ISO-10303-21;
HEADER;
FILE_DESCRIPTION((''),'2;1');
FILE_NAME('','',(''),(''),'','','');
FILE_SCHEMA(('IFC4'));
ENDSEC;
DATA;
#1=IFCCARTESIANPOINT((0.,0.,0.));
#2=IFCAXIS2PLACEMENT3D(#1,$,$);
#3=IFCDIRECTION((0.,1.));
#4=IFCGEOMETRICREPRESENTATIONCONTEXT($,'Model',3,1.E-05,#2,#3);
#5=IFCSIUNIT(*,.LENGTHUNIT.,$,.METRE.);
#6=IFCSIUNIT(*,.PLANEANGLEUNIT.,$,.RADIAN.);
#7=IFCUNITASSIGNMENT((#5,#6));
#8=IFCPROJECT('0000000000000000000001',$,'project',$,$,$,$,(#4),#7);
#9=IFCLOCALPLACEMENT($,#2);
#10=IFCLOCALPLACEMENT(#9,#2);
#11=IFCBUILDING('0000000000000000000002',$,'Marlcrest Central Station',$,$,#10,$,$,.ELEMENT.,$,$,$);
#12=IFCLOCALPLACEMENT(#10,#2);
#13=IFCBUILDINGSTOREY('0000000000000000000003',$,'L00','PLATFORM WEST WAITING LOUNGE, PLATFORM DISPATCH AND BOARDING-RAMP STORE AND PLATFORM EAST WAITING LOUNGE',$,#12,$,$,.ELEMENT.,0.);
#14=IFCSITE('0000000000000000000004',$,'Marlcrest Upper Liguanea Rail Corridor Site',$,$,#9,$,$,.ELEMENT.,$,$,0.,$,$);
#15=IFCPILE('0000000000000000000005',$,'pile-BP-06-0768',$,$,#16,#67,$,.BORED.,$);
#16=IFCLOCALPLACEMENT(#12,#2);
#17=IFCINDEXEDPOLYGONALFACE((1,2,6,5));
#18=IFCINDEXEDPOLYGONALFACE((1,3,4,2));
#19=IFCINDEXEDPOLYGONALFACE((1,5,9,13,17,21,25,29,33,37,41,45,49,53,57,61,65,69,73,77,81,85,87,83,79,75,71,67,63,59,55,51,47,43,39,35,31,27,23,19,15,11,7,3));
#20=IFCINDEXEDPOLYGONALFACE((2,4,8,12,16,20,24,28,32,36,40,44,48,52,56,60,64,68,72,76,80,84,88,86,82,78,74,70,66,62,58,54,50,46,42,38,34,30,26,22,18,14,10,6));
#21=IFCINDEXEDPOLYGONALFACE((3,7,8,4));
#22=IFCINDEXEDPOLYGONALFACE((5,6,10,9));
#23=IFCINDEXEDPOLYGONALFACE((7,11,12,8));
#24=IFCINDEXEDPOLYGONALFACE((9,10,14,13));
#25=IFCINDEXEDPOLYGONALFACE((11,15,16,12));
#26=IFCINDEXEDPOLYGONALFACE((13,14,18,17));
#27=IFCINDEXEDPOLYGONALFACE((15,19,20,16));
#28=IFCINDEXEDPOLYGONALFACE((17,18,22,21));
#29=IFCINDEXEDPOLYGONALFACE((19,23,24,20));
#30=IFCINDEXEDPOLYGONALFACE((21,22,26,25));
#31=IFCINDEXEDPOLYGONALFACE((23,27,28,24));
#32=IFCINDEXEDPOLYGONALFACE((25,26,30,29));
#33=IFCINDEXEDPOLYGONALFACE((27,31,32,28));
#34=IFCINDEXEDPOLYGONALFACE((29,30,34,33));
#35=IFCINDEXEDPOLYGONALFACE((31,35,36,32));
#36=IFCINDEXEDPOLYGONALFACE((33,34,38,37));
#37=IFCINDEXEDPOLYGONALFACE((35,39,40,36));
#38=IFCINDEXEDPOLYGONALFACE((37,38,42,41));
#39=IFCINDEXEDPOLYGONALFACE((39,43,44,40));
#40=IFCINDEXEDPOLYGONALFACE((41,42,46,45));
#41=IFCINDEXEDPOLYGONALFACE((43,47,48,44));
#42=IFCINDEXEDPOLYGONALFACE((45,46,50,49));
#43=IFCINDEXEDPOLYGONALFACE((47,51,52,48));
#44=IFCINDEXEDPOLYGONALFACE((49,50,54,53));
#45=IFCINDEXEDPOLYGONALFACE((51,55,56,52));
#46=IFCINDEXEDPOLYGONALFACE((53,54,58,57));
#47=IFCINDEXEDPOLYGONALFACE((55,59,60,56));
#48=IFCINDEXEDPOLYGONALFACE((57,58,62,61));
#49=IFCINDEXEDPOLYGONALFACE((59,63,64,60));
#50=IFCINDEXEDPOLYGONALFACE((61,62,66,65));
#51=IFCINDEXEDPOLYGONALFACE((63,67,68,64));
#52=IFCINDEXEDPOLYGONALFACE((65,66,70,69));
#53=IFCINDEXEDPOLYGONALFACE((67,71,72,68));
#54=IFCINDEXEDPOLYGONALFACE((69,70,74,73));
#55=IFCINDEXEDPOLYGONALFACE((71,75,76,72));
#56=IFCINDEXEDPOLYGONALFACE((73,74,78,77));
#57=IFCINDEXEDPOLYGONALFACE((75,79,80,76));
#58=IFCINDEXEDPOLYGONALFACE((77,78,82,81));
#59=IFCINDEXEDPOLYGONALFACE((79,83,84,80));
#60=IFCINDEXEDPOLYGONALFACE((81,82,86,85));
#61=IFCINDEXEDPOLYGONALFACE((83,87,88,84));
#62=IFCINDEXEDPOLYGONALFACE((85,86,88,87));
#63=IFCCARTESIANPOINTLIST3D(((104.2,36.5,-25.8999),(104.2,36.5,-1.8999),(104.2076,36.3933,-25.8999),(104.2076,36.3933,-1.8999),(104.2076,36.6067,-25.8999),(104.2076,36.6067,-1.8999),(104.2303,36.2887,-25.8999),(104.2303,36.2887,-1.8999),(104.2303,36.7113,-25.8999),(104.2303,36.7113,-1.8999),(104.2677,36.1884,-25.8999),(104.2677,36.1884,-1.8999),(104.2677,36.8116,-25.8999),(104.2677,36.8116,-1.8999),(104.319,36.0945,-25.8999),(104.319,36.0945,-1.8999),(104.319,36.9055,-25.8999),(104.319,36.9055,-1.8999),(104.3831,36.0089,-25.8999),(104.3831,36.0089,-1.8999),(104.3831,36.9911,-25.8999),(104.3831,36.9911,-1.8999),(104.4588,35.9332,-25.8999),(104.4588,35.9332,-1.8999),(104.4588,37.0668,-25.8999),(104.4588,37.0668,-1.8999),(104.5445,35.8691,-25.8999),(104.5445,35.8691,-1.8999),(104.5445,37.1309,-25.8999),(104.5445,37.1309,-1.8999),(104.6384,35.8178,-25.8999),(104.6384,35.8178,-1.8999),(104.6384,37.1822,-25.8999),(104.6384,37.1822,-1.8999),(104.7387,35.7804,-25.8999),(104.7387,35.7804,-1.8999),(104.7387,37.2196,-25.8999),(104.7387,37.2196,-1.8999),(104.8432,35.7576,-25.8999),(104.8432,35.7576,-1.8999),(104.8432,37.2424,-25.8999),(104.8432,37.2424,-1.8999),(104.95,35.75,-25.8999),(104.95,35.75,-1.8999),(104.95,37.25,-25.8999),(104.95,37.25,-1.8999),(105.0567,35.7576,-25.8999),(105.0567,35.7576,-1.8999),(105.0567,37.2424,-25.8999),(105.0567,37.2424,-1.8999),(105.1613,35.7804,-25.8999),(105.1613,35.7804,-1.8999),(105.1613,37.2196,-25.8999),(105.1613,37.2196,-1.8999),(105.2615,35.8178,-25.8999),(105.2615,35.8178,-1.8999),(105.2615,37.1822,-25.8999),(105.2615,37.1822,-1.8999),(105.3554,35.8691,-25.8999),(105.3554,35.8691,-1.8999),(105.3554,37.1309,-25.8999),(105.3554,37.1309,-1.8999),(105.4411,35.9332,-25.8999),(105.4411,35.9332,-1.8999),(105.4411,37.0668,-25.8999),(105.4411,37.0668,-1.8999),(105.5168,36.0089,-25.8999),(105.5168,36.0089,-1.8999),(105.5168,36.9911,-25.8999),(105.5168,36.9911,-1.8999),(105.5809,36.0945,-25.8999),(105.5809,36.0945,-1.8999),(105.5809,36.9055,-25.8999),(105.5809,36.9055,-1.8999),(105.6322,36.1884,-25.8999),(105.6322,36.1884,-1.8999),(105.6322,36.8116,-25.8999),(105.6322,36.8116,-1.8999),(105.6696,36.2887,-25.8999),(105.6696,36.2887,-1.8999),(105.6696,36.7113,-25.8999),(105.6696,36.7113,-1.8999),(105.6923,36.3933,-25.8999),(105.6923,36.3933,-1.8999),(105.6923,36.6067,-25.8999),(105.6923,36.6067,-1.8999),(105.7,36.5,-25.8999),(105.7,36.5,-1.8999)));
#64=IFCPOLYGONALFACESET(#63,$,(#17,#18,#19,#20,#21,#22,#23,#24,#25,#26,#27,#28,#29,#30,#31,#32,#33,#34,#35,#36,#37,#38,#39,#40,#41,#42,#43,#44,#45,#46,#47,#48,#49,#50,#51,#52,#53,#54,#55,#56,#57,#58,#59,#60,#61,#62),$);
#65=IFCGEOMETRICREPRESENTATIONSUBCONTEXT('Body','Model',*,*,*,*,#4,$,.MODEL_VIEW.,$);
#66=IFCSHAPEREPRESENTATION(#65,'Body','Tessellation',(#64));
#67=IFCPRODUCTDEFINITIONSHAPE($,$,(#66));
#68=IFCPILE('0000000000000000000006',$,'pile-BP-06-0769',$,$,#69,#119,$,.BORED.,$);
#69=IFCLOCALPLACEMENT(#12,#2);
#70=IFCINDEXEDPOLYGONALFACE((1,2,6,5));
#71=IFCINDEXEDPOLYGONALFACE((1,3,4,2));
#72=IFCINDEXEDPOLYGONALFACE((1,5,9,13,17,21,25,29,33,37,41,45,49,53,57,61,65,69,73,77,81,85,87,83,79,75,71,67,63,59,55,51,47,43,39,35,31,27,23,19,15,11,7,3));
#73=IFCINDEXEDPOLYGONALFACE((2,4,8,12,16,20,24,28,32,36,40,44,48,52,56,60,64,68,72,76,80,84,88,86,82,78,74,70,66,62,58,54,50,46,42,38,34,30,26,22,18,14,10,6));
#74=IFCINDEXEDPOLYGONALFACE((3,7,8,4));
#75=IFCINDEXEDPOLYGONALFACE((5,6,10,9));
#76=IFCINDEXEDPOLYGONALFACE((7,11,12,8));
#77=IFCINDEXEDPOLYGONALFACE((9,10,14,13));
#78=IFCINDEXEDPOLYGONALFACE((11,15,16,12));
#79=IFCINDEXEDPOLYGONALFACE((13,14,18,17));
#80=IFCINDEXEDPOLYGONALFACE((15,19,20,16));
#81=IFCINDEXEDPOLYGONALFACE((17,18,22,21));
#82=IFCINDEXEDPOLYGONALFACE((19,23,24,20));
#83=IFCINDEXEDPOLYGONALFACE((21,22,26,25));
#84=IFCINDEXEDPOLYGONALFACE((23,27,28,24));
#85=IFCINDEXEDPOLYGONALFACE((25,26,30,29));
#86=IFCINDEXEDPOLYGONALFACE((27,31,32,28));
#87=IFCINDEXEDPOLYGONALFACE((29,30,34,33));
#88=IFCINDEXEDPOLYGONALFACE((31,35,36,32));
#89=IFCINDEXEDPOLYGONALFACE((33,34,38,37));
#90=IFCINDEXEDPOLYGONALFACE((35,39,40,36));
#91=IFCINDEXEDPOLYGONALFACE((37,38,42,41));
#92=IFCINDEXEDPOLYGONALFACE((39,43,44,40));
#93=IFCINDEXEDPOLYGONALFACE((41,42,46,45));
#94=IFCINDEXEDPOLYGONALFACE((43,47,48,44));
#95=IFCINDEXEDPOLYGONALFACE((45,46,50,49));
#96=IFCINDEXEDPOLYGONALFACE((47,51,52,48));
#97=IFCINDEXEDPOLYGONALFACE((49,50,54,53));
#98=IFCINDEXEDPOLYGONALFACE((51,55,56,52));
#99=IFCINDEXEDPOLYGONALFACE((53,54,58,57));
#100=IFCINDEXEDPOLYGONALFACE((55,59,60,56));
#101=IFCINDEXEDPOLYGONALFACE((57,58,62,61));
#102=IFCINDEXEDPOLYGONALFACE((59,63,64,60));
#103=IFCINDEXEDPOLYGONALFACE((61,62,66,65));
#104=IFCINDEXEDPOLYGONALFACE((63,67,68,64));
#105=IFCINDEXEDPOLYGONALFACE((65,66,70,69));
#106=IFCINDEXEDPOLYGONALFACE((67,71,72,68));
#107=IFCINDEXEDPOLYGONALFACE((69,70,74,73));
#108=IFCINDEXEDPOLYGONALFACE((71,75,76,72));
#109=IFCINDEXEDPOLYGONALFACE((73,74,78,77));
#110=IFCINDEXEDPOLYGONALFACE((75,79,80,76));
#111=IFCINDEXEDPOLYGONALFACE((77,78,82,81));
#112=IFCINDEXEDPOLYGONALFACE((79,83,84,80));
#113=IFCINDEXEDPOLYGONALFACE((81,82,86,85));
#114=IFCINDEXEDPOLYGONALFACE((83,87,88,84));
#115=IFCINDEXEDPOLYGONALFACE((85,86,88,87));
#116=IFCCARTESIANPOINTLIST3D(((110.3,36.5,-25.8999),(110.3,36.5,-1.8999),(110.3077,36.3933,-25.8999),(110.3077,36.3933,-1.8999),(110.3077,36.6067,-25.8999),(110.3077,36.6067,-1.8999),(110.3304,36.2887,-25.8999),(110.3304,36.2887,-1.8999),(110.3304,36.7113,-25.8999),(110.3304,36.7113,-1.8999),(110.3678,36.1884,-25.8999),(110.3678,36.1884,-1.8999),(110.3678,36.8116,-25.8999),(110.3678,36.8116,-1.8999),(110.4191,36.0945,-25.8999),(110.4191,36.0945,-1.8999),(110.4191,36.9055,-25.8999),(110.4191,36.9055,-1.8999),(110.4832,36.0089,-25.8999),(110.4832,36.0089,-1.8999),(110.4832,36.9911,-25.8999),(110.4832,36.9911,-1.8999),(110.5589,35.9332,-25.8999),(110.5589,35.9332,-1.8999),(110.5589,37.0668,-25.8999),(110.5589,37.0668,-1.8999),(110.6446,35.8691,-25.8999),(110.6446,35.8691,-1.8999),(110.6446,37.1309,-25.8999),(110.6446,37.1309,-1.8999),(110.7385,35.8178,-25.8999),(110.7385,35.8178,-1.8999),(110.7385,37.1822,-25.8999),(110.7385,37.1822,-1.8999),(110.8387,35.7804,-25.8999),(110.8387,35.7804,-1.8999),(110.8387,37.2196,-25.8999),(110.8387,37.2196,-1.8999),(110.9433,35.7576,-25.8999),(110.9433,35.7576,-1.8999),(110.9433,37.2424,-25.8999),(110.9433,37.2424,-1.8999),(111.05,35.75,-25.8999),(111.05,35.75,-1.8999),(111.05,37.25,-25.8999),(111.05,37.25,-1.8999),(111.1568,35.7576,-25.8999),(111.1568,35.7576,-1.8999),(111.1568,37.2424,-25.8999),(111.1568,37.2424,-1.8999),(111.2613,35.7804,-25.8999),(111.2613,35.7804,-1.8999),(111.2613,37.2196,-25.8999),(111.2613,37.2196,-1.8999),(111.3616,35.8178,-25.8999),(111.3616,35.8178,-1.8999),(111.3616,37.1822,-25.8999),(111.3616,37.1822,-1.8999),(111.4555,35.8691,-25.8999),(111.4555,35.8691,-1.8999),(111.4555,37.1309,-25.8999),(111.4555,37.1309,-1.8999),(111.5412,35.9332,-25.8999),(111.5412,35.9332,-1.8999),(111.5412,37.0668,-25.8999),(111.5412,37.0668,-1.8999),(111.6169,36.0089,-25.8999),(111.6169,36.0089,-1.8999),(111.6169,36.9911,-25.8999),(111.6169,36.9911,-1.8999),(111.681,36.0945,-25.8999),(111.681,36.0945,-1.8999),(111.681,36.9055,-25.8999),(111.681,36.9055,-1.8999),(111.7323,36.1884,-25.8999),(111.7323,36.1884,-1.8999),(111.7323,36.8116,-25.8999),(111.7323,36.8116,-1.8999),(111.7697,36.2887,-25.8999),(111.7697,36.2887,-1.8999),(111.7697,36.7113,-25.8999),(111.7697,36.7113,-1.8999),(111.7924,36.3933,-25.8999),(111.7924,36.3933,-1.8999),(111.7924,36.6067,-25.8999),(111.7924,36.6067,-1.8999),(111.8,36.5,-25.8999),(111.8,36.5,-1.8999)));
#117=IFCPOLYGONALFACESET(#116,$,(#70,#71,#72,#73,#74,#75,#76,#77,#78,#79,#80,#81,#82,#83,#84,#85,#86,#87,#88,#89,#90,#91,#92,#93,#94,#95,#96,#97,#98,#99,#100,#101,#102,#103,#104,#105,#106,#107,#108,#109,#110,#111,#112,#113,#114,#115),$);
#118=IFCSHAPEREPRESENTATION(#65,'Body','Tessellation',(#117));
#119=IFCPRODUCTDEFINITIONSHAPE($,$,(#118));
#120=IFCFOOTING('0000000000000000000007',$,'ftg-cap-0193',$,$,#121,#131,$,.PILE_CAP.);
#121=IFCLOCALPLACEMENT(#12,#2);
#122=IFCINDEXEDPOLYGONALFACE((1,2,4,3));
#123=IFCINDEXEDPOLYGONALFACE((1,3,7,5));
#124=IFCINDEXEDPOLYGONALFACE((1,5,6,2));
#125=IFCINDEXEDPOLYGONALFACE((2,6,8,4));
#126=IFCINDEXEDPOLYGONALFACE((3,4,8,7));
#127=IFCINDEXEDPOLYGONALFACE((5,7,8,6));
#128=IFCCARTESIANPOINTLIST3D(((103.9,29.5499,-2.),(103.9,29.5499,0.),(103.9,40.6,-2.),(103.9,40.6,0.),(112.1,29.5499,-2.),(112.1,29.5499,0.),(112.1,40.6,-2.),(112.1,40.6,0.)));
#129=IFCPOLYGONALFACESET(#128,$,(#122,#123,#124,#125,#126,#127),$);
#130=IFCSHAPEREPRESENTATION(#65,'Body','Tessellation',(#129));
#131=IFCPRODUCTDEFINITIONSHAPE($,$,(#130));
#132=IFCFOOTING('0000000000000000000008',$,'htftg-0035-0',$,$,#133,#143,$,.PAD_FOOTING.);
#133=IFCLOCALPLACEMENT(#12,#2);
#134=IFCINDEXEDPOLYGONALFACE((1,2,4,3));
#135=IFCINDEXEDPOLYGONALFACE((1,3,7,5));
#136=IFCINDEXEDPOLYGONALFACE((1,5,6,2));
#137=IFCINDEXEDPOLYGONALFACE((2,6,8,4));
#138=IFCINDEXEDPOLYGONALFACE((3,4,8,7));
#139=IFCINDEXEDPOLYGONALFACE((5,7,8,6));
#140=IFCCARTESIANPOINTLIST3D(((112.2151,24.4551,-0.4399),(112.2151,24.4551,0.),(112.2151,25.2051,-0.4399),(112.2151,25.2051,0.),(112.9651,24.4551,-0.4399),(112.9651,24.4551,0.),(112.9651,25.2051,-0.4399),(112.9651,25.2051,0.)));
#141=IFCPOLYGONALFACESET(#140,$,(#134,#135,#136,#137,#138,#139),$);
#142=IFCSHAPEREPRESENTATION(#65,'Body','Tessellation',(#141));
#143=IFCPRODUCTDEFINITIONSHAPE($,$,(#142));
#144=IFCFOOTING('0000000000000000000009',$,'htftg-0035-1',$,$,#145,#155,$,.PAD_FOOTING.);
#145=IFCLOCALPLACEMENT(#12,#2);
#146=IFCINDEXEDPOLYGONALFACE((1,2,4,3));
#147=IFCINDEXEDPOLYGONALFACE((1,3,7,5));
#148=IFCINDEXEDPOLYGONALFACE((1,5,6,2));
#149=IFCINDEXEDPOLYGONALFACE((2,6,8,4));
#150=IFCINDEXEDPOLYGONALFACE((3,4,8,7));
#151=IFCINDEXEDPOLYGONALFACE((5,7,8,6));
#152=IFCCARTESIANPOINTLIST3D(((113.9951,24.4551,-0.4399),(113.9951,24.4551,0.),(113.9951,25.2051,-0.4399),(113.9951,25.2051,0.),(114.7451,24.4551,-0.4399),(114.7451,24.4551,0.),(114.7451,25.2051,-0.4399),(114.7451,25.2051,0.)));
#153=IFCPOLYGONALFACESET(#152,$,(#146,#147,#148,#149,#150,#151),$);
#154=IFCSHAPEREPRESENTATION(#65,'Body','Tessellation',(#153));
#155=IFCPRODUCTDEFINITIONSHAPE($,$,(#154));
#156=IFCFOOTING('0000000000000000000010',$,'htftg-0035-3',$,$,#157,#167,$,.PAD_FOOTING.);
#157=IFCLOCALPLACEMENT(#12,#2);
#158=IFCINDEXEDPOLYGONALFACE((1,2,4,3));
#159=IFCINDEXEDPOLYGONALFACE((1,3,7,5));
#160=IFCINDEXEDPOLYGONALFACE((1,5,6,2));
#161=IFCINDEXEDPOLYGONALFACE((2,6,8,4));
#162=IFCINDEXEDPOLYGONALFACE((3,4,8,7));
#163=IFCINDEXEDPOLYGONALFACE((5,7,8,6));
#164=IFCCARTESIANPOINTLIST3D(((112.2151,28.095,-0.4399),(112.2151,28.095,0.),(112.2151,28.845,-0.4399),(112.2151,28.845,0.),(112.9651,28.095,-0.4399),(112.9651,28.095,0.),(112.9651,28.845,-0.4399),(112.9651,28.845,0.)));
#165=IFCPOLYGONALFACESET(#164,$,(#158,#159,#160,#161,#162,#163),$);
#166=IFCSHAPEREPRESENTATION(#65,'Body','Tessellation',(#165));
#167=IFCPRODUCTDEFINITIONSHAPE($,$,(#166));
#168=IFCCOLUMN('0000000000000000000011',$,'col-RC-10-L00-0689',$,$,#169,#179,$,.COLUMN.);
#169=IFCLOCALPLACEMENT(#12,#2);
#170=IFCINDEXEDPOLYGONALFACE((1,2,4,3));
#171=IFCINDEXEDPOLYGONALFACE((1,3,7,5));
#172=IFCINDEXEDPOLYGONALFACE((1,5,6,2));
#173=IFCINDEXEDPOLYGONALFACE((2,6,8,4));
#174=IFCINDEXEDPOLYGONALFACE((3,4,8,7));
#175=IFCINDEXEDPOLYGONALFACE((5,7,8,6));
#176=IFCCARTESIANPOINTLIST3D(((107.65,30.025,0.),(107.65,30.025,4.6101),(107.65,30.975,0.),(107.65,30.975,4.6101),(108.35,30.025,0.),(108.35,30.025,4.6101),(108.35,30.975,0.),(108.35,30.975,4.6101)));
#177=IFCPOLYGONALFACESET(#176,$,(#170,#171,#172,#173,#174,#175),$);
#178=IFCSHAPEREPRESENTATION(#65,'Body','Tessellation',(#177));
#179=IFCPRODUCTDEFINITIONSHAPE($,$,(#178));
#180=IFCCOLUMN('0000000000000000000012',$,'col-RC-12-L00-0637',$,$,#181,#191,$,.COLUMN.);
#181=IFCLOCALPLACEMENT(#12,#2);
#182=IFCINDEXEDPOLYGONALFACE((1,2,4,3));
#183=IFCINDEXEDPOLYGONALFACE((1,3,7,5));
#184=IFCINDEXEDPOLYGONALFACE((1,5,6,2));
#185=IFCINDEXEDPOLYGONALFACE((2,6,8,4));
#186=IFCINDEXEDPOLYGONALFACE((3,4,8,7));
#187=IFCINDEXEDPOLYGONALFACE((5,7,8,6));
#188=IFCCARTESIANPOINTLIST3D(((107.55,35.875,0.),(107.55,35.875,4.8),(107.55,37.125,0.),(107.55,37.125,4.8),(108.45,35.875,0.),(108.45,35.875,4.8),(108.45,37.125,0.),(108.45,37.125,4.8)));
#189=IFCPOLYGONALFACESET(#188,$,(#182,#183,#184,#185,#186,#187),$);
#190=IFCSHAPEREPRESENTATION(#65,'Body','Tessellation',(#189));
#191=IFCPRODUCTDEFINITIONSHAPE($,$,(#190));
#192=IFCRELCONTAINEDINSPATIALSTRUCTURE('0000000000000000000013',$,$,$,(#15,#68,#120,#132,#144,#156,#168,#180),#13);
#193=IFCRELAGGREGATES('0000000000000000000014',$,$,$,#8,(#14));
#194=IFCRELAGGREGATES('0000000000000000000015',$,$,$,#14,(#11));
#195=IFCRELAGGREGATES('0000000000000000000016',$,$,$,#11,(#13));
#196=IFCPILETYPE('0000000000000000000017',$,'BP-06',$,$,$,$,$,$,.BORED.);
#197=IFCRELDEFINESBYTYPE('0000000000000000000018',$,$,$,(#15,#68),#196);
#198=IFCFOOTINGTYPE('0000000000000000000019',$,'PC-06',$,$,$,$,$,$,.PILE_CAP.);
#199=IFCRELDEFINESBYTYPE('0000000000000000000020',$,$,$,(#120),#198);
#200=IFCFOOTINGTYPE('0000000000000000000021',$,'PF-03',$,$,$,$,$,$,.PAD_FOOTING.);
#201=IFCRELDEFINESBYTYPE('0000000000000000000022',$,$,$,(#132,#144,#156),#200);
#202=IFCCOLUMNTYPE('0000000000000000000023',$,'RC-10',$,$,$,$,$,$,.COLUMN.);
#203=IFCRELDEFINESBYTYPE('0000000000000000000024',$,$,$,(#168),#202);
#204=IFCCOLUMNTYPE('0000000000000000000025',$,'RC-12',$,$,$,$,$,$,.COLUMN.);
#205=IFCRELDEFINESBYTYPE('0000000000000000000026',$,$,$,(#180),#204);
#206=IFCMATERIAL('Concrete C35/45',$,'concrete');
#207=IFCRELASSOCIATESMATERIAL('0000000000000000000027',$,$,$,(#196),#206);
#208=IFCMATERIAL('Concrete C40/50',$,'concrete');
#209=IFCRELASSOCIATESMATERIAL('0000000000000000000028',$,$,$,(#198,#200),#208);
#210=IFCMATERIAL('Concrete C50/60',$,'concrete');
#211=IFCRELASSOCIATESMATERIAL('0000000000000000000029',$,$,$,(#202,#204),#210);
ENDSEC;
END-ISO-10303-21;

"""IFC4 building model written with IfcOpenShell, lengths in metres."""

from ifc_helpers import new_model, si_unit, direction, frame, origin, origin_2d, place, context, subcontext, project, spatial, rectangle, circle, extrude, material, material_profile, profile_set, type_object, element, save


model = new_model("IFC4")

# Units and contexts
model_context = context("Model", 3, precision=1e-05, world=origin(), true_north=direction((0.0, 1.0)))
body_context = subcontext(model_context, "Body", "Model", "MODEL_VIEW")
ifc_project = project(units=[si_unit("LENGTHUNIT", "METRE"), si_unit("PLANEANGLEUNIT", "RADIAN")], contexts=[model_context])

# Site, building, storey
site_placement = place(None, origin())
site = spatial("IfcSite", under=ifc_project, at=site_placement, Name="Marlcrest Upper Liguanea Rail Corridor Site", CompositionType="ELEMENT", RefElevation=0.0)
building_placement = place(site_placement, origin())
building = spatial("IfcBuilding", under=site, at=building_placement, Name="Marlcrest Central Station", CompositionType="ELEMENT")
storey_placement = place(building_placement, origin())
storey = spatial("IfcBuildingStorey", under=building, at=storey_placement, Name="L00", Description="PLATFORM WEST WAITING LOUNGE, PLATFORM DISPATCH AND BOARDING-RAMP STORE AND PLATFORM EAST WAITING LOUNGE", CompositionType="ELEMENT", Elevation=0.0)

# Piles
ifc_material_1 = material(Name="Concrete C35/45", Category="concrete")
ifc_material_profile_1 = material_profile(ifc_material_1, circle(Radius=0.75, at=origin_2d()), Name="PILE D1500")
ifc_profile_set_1 = profile_set([ifc_material_profile_1], Name="Concrete C35/45")
pile_type_1 = type_object("IfcPileType", Name="BP-06", PredefinedType="BORED", material=ifc_profile_set_1)
for number, where, z_axis, x_axis, name in (
    (1, (104.95, 36.5, -1.8999), (0.0, 0.0, -1.0), (1.0, 0.0, 0.0), "pile-BP-06-0768"),
    (2, (111.05, 36.5, -1.8999), (0.0, 0.0, -1.0), (1.0, 0.0, 0.0), "pile-BP-06-0769"),
):
    element("IfcPile", number, at=place(storey_placement, frame(where, z_axis=z_axis, x_axis=x_axis)), inside=storey, type_object=pile_type_1, Name=name, PredefinedType="BORED", context=body_context, shape_type="SweptSolid", body=[
        extrude(circle(Radius=0.75, at=origin_2d()), origin(), (0.0, 0.0, 1.0), 24.0),
    ])

# Footings
ifc_material_2 = material(Name="Concrete C40/50", Category="concrete")
footing_type_1 = type_object("IfcFootingType", Name="PC-06", PredefinedType="PILE_CAP", material=ifc_material_2)
footing_placement = place(storey_placement, frame((108.0, 35.075, -2.0), z_axis=(0.0, 0.0, 1.0), x_axis=(1.0, 0.0, 0.0)))
element("IfcFooting", 3, at=footing_placement, inside=storey, type_object=footing_type_1, Name="ftg-cap-0193", PredefinedType="PILE_CAP", context=body_context, shape_type="SweptSolid", body=[
    extrude(rectangle(XDim=8.2, YDim=11.05, at=origin_2d()), origin(), (0.0, 0.0, 1.0), 2.0),
])
footing_type_2 = type_object("IfcFootingType", Name="PF-03", PredefinedType="PAD_FOOTING", material=ifc_material_2)
for number, where, z_axis, x_axis, name in (
    (4, (112.5901, 24.8301, -0.4399), (0.0, 0.0, 1.0), (1.0, 0.0, 0.0), "htftg-0035-0"),
    (5, (114.3701, 24.8301, -0.4399), (0.0, 0.0, 1.0), (1.0, 0.0, 0.0), "htftg-0035-1"),
    (6, (112.5901, 28.47, -0.4399), (0.0, 0.0, 1.0), (1.0, 0.0, 0.0), "htftg-0035-3"),
):
    element("IfcFooting", number, at=place(storey_placement, frame(where, z_axis=z_axis, x_axis=x_axis)), inside=storey, type_object=footing_type_2, Name=name, PredefinedType="PAD_FOOTING", context=body_context, shape_type="SweptSolid", body=[
        extrude(rectangle(XDim=0.75, YDim=0.75, at=origin_2d()), origin(), (0.0, 0.0, 1.0), 0.4399),
    ])

# Columns
ifc_material_3 = material(Name="Concrete C50/60", Category="concrete")
ifc_material_profile_2 = material_profile(ifc_material_3, rectangle(XDim=0.7, YDim=0.95, at=origin_2d()), Name="RC 700x950")
ifc_profile_set_2 = profile_set([ifc_material_profile_2], Name="Concrete C50/60")
column_type_1 = type_object("IfcColumnType", Name="RC-10", PredefinedType="COLUMN", material=ifc_profile_set_2)
column_1_placement = place(storey_placement, frame((108.0, 30.5, 0.0), z_axis=(0.0, 0.0, 1.0), x_axis=(1.0, 0.0, 0.0)))
element("IfcColumn", 7, at=column_1_placement, inside=storey, type_object=column_type_1, Name="col-RC-10-L00-0689", PredefinedType="COLUMN", context=body_context, shape_type="SweptSolid", body=[
    extrude(rectangle(XDim=0.7, YDim=0.95, at=origin_2d()), origin(), (0.0, 0.0, 1.0), 4.6101),
])
ifc_material_profile_3 = material_profile(ifc_material_3, rectangle(XDim=0.8999, YDim=1.25, at=origin_2d()), Name="RC 900x1250")
ifc_profile_set_3 = profile_set([ifc_material_profile_3], Name="Concrete C50/60")
column_type_2 = type_object("IfcColumnType", Name="RC-12", PredefinedType="COLUMN", material=ifc_profile_set_3)
column_2_placement = place(storey_placement, frame((108.0, 36.5, 0.0), z_axis=(0.0, 0.0, 1.0), x_axis=(1.0, 0.0, 0.0)))
element("IfcColumn", 8, at=column_2_placement, inside=storey, type_object=column_type_2, Name="col-RC-12-L00-0637", PredefinedType="COLUMN", context=body_context, shape_type="SweptSolid", body=[
    extrude(rectangle(XDim=0.8999, YDim=1.25, at=origin_2d()), origin(), (0.0, 0.0, 1.0), 4.8),
])

save(model, "model.ifc")
